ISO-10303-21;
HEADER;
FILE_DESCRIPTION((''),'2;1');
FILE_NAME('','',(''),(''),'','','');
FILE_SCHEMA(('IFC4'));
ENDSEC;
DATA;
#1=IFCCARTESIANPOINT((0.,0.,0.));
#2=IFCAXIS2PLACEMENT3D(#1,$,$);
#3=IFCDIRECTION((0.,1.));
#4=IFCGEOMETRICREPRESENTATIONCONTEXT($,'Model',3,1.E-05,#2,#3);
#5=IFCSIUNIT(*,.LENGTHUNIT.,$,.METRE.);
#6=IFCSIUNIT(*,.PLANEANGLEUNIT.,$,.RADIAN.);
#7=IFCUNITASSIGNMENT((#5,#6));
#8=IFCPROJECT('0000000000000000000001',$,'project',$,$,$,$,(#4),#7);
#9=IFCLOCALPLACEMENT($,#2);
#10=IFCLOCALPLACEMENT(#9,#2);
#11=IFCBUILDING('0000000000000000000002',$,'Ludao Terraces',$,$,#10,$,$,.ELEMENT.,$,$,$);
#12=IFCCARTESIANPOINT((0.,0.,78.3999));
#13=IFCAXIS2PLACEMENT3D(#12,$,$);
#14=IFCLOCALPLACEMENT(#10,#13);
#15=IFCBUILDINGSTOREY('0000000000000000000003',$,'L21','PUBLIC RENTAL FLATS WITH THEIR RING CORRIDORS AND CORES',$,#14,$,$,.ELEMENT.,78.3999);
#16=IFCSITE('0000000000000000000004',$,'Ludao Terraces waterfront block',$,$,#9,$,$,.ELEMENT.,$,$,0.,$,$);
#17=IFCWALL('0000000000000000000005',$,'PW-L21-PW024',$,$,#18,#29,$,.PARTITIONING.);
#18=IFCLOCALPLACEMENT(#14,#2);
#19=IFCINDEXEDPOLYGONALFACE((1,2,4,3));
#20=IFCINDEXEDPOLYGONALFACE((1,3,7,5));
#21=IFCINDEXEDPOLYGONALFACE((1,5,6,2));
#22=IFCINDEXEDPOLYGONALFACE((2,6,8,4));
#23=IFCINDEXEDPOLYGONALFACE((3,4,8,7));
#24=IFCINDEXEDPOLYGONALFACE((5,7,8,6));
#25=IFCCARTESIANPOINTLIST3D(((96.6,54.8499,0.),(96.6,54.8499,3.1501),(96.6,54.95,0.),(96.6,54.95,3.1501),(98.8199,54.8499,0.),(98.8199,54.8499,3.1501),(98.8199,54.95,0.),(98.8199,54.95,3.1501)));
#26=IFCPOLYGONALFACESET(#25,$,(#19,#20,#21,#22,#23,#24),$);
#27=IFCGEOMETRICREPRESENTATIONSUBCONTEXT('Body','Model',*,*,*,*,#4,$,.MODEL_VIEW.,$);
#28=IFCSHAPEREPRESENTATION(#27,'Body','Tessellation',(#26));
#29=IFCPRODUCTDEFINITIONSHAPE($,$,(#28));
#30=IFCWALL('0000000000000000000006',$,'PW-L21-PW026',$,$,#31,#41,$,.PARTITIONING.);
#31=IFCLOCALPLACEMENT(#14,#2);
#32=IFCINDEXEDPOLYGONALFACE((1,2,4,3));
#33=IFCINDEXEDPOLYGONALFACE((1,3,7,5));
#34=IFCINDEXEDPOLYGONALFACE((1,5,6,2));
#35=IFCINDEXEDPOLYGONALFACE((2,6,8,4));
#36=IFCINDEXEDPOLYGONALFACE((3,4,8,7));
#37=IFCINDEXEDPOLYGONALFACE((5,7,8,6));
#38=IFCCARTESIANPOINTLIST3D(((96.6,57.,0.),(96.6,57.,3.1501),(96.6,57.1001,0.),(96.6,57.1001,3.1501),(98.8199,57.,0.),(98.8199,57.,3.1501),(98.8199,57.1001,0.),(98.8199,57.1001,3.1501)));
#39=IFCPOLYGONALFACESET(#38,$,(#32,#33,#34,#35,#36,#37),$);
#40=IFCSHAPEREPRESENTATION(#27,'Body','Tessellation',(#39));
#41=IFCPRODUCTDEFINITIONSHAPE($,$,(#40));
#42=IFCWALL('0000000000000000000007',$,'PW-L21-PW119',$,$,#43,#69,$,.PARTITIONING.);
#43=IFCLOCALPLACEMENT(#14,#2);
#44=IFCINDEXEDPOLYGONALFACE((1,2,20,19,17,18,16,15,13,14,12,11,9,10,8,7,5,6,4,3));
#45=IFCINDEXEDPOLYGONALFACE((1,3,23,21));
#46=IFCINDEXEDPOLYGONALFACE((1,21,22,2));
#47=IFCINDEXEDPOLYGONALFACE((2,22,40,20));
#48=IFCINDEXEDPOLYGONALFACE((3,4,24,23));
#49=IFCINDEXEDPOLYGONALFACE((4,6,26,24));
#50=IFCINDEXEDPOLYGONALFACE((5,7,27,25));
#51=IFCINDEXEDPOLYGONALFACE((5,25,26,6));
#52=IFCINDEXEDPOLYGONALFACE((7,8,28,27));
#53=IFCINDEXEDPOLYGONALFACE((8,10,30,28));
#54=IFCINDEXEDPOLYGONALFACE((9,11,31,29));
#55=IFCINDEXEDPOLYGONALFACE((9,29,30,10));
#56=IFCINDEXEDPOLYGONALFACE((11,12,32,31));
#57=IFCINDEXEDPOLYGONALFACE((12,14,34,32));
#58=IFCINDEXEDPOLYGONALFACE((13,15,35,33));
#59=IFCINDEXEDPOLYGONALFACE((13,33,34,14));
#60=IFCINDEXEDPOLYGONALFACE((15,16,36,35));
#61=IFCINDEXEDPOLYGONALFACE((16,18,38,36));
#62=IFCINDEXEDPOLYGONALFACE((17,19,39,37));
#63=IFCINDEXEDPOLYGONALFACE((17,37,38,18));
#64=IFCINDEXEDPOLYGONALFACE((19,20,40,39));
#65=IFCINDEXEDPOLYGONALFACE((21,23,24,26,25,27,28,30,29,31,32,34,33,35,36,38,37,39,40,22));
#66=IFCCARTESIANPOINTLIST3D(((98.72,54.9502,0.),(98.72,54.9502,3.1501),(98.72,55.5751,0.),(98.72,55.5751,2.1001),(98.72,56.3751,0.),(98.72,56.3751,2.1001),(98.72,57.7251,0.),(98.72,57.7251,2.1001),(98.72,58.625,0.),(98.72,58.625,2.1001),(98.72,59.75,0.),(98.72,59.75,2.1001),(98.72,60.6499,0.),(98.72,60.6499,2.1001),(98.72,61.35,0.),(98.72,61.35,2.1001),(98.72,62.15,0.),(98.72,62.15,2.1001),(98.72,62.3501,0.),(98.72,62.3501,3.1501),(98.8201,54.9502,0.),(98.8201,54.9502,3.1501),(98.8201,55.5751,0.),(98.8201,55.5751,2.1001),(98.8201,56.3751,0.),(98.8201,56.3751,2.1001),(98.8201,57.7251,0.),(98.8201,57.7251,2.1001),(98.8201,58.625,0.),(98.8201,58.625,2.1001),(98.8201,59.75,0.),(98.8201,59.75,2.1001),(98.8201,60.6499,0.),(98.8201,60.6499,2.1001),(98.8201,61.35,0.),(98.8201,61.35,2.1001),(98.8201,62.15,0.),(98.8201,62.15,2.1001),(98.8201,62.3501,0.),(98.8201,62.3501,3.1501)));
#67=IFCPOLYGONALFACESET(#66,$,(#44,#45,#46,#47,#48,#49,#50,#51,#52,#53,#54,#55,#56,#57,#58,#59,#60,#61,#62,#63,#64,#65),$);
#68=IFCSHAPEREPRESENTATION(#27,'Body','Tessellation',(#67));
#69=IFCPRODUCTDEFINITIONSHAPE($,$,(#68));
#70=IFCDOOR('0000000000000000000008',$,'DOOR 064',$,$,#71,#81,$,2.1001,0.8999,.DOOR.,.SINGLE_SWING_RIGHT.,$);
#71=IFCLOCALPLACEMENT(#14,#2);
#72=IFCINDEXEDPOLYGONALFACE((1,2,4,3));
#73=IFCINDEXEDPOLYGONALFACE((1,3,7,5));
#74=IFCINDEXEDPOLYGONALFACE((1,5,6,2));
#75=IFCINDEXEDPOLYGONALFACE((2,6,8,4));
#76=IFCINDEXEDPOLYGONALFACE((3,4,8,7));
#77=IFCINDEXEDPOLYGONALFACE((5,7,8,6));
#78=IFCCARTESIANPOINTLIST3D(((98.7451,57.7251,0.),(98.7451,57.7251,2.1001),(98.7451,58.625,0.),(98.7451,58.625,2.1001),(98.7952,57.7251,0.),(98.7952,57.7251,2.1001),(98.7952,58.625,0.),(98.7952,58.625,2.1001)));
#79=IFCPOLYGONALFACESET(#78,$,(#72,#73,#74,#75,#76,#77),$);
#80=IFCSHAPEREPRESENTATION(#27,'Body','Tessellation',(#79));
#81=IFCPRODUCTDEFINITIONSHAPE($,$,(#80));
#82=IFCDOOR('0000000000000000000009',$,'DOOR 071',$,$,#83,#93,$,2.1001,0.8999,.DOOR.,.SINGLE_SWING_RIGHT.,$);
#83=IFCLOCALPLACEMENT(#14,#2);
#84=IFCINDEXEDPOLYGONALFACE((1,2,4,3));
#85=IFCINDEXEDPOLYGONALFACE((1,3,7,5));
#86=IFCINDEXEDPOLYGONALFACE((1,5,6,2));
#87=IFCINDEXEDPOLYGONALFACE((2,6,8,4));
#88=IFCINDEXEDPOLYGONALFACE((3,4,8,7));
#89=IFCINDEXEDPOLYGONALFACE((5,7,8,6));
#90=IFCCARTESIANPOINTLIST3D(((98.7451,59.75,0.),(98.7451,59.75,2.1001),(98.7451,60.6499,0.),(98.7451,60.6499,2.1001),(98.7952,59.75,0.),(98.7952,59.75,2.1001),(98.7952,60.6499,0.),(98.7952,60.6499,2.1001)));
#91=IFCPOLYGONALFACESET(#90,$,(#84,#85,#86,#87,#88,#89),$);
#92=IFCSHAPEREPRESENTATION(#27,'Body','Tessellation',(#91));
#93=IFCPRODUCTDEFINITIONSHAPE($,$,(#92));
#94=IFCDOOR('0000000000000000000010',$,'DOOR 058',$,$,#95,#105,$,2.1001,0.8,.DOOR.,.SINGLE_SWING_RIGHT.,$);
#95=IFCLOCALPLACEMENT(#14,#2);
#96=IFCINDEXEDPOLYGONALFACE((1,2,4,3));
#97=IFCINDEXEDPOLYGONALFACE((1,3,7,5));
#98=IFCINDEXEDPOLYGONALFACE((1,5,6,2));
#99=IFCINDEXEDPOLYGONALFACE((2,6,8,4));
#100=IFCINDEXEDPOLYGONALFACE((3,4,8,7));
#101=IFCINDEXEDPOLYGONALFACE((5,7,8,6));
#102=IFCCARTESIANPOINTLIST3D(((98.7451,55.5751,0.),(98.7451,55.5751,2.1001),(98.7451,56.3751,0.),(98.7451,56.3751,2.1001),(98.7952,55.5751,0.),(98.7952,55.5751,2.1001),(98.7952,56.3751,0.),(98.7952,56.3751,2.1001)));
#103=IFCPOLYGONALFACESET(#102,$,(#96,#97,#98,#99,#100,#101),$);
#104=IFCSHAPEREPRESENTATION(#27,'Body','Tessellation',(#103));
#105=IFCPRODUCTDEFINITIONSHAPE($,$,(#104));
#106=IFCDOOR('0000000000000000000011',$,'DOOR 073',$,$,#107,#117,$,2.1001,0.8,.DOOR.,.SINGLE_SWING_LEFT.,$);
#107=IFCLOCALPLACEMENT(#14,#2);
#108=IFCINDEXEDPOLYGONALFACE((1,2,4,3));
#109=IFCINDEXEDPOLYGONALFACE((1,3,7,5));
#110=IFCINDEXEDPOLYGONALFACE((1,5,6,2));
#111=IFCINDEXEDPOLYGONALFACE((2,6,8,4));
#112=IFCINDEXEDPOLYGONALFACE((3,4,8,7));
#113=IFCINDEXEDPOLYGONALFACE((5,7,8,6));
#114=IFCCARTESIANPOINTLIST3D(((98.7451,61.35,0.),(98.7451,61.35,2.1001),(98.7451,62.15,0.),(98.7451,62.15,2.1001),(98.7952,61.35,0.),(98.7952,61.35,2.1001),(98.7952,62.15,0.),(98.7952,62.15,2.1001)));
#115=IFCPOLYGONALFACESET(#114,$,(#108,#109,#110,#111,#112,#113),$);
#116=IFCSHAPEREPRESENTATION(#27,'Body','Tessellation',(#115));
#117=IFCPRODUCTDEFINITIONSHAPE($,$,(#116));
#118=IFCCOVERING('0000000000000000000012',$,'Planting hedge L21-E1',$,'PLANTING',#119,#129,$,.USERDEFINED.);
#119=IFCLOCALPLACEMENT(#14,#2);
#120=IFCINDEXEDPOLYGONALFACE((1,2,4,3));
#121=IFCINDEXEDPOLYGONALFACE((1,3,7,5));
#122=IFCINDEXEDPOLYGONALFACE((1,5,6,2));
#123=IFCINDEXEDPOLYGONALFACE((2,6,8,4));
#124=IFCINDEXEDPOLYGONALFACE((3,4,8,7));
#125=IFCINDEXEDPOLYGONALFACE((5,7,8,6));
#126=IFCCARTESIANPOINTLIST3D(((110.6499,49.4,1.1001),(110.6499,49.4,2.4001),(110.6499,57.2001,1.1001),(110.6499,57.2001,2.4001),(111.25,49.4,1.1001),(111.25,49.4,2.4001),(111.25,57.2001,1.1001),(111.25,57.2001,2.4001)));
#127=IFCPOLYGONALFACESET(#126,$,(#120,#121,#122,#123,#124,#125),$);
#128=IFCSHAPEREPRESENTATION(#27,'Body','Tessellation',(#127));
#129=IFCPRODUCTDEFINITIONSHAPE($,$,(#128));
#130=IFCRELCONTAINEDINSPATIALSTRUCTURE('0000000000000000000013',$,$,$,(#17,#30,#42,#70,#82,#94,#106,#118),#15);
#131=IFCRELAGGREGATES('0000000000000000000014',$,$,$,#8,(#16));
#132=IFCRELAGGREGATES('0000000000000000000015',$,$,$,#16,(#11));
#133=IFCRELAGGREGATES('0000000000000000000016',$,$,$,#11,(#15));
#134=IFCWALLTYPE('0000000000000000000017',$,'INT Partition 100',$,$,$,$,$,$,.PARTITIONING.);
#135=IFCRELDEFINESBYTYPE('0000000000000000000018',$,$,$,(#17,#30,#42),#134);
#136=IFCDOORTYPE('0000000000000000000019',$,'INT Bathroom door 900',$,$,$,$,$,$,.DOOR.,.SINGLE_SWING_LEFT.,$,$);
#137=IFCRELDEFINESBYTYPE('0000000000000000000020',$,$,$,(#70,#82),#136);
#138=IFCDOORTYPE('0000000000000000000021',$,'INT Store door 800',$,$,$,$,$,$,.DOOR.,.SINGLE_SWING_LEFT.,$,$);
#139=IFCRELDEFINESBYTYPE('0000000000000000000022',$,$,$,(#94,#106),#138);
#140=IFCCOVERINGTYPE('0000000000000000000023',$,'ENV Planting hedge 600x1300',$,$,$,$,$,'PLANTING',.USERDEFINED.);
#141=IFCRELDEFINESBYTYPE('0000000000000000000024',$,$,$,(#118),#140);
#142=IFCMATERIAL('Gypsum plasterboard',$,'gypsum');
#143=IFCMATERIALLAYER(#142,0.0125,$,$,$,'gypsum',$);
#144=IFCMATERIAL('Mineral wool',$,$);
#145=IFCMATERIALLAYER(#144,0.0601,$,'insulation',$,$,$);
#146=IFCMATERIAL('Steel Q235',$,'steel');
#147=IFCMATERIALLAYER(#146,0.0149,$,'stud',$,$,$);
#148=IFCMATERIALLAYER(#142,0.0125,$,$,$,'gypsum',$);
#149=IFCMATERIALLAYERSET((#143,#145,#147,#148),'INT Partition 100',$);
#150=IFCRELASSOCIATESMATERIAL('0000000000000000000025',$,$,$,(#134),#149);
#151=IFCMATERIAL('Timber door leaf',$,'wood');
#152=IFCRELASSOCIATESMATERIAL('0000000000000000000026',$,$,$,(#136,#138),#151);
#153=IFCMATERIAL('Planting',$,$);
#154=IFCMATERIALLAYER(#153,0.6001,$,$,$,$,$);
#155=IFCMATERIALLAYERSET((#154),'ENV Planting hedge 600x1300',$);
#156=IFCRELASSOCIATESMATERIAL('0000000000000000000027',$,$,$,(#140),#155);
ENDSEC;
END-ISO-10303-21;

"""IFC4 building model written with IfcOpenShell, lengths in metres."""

from ifc_helpers import new_model, si_unit, direction, frame, frame_2d, origin, origin_2d, place, context, subcontext, project, spatial, rectangle, extrude, material, layer, layer_set, type_object, element, fill, save


model = new_model("IFC4")

# Units and contexts
model_context = context("Model", 3, precision=1e-05, world=origin(), true_north=direction((0.0, 1.0)))
body_context = subcontext(model_context, "Body", "Model", "MODEL_VIEW")
ifc_project = project(units=[si_unit("LENGTHUNIT", "METRE"), si_unit("PLANEANGLEUNIT", "RADIAN")], contexts=[model_context])

# Site, building, storey
site_placement = place(None, origin())
site = spatial("IfcSite", under=ifc_project, at=site_placement, Name="Ludao Terraces waterfront block", CompositionType="ELEMENT", RefElevation=0.0)
building_placement = place(site_placement, origin())
building = spatial("IfcBuilding", under=site, at=building_placement, Name="Ludao Terraces", CompositionType="ELEMENT")
storey_placement = place(building_placement, frame((0.0, 0.0, 78.3999)))
storey = spatial("IfcBuildingStorey", under=building, at=storey_placement, Name="L21", Description="PUBLIC RENTAL FLATS WITH THEIR RING CORRIDORS AND CORES", CompositionType="ELEMENT", Elevation=78.3999)

# Shared definitions
ifc_material_1 = material(Name="Mineral wool")

# Shared definitions
ifc_material_2 = material(Name="Steel Q235", Category="steel")

# Walls
ifc_material_3 = material(Name="Gypsum plasterboard", Category="gypsum")
ifc_layer_1 = layer(ifc_material_3, 0.0125, Category="gypsum")
ifc_layer_2 = layer(ifc_material_1, 0.0601, Name="insulation")
ifc_layer_3 = layer(ifc_material_2, 0.0149, Name="stud")
ifc_layer_4 = layer(ifc_material_3, 0.0125, Category="gypsum")
ifc_layer_set_1 = layer_set([ifc_layer_1, ifc_layer_2, ifc_layer_3, ifc_layer_4], Name="INT Partition 100")
wall_type_1 = type_object("IfcWallType", Name="INT Partition 100", PredefinedType="PARTITIONING", material=ifc_layer_set_1)
for number, where, z_axis, x_axis, name in (
    (1, (96.6001, 54.8999, 0.0), (0.0, 0.0, 1.0), (1.0, 0.0, 0.0), "PW-L21-PW024"),
    (2, (96.6001, 57.05, 0.0), (0.0, 0.0, 1.0), (1.0, 0.0, 0.0), "PW-L21-PW026"),
):
    element("IfcWall", number, at=place(storey_placement, frame(where, z_axis=z_axis, x_axis=x_axis)), inside=storey, type_object=wall_type_1, Name=name, PredefinedType="PARTITIONING", context=body_context, shape_type="SweptSolid", body=[
        extrude(rectangle(XDim=2.22, YDim=0.1001, at=frame_2d((1.1099, 0.0))), origin(), (0.0, 0.0, 1.0), 3.1501),
    ])

# Wall, openings, doors
wall_1_placement = place(storey_placement, frame((98.77, 54.9502, 0.0), z_axis=(0.0, 0.0, 1.0), x_axis=(0.0, 1.0, 0.0)))
wall_1 = element("IfcWall", 3, at=wall_1_placement, inside=storey, type_object=wall_type_1, Name="PW-L21-PW119", PredefinedType="PARTITIONING", context=body_context, shape_type="SweptSolid", body=[
    extrude(rectangle(XDim=7.3999, YDim=0.1001, at=frame_2d((3.7, 0.0))), origin(), (0.0, 0.0, 1.0), 3.1501),
])
opening_1_placement = place(wall_1_placement, frame((0.625, 0.0, 0.0)))
opening_1 = element("IfcOpeningElement", 4, at=opening_1_placement, cuts=wall_1, PredefinedType="OPENING", context=body_context, shape_type="SweptSolid", body=[
    extrude(rectangle(XDim=0.8, YDim=2.1001, at=frame_2d((0.3999, 1.05))), frame((0.0, 0.0601, 0.0), z_axis=(0.0, -1.0, 0.0), x_axis=(1.0, 0.0, 0.0)), (0.0, 0.0, 1.0), 0.1201),
])
opening_2_placement = place(wall_1_placement, frame((2.7749, 0.0, 0.0)))
opening_2 = element("IfcOpeningElement", 5, at=opening_2_placement, cuts=wall_1, PredefinedType="OPENING", context=body_context, shape_type="SweptSolid", body=[
    extrude(rectangle(XDim=0.8999, YDim=2.1001, at=frame_2d((0.45, 1.05))), frame((0.0, 0.0601, 0.0), z_axis=(0.0, -1.0, 0.0), x_axis=(1.0, 0.0, 0.0)), (0.0, 0.0, 1.0), 0.1201),
])
opening_3_placement = place(wall_1_placement, frame((4.7998, 0.0, 0.0)))
opening_3 = element("IfcOpeningElement", 6, at=opening_3_placement, cuts=wall_1, PredefinedType="OPENING", context=body_context, shape_type="SweptSolid", body=[
    extrude(rectangle(XDim=0.8999, YDim=2.1001, at=frame_2d((0.45, 1.05))), frame((0.0, 0.0601, 0.0), z_axis=(0.0, -1.0, 0.0), x_axis=(1.0, 0.0, 0.0)), (0.0, 0.0, 1.0), 0.1201),
])
opening_4_placement = place(wall_1_placement, frame((6.3999, 0.0, 0.0)))
opening_4 = element("IfcOpeningElement", 7, at=opening_4_placement, cuts=wall_1, PredefinedType="OPENING", context=body_context, shape_type="SweptSolid", body=[
    extrude(rectangle(XDim=0.8, YDim=2.1001, at=frame_2d((0.3999, 1.05))), frame((0.0, 0.0601, 0.0), z_axis=(0.0, -1.0, 0.0), x_axis=(1.0, 0.0, 0.0)), (0.0, 0.0, 1.0), 0.1201),
])
ifc_material_4 = material(Name="Timber door leaf", Category="wood")
door_type_1 = type_object("IfcDoorType", Name="INT Bathroom door 900", OperationType="SINGLE_SWING_LEFT", PredefinedType="DOOR", material=ifc_material_4)
door_1_placement = place(opening_2_placement, origin())
door_1 = element("IfcDoor", 8, at=door_1_placement, inside=storey, type_object=door_type_1, Name="DOOR 064", OperationType="SINGLE_SWING_RIGHT", OverallHeight=2.1001, OverallWidth=0.8999, PredefinedType="DOOR", context=body_context, shape_type="SweptSolid", body=[
    extrude(rectangle(XDim=0.8999, YDim=2.1001, at=frame_2d((0.45, 1.05))), frame((0.0, 0.0249, 0.0), z_axis=(0.0, -1.0, 0.0), x_axis=(1.0, 0.0, 0.0)), (0.0, 0.0, 1.0), 0.05),
])
fill(opening_2, door_1)
door_2_placement = place(opening_3_placement, origin())
door_2 = element("IfcDoor", 9, at=door_2_placement, inside=storey, type_object=door_type_1, Name="DOOR 071", OperationType="SINGLE_SWING_RIGHT", OverallHeight=2.1001, OverallWidth=0.8999, PredefinedType="DOOR", context=body_context, shape_type="SweptSolid", body=[
    extrude(rectangle(XDim=0.8999, YDim=2.1001, at=frame_2d((0.45, 1.05))), frame((0.0, 0.0249, 0.0), z_axis=(0.0, -1.0, 0.0), x_axis=(1.0, 0.0, 0.0)), (0.0, 0.0, 1.0), 0.05),
])
fill(opening_3, door_2)
door_type_2 = type_object("IfcDoorType", Name="INT Store door 800", OperationType="SINGLE_SWING_LEFT", PredefinedType="DOOR", material=ifc_material_4)
door_3_placement = place(opening_1_placement, origin())
door_3 = element("IfcDoor", 10, at=door_3_placement, inside=storey, type_object=door_type_2, Name="DOOR 058", OperationType="SINGLE_SWING_RIGHT", OverallHeight=2.1001, OverallWidth=0.8, PredefinedType="DOOR", context=body_context, shape_type="SweptSolid", body=[
    extrude(rectangle(XDim=0.8, YDim=2.1001, at=frame_2d((0.3999, 1.05))), frame((0.0, 0.0249, 0.0), z_axis=(0.0, -1.0, 0.0), x_axis=(1.0, 0.0, 0.0)), (0.0, 0.0, 1.0), 0.05),
])
fill(opening_1, door_3)
door_4_placement = place(opening_4_placement, origin())
door_4 = element("IfcDoor", 11, at=door_4_placement, inside=storey, type_object=door_type_2, Name="DOOR 073", OperationType="SINGLE_SWING_LEFT", OverallHeight=2.1001, OverallWidth=0.8, PredefinedType="DOOR", context=body_context, shape_type="SweptSolid", body=[
    extrude(rectangle(XDim=0.8, YDim=2.1001, at=frame_2d((0.3999, 1.05))), frame((0.0, 0.0249, 0.0), z_axis=(0.0, -1.0, 0.0), x_axis=(1.0, 0.0, 0.0)), (0.0, 0.0, 1.0), 0.05),
])
fill(opening_4, door_4)

# Covering
ifc_material_5 = material(Name="Planting")
ifc_layer_5 = layer(ifc_material_5, 0.6001)
ifc_layer_set_2 = layer_set([ifc_layer_5], Name="ENV Planting hedge 600x1300")
covering_type = type_object("IfcCoveringType", Name="ENV Planting hedge 600x1300", ElementType="PLANTING", PredefinedType="USERDEFINED", material=ifc_layer_set_2)
covering_placement = place(storey_placement, frame((110.95, 53.3, 1.1001), z_axis=(0.0, 0.0, 1.0), x_axis=(1.0, 0.0, 0.0)))
element("IfcCovering", 12, at=covering_placement, inside=storey, type_object=covering_type, Name="Planting hedge L21-E1", ObjectType="PLANTING", PredefinedType="USERDEFINED", context=body_context, shape_type="SweptSolid", body=[
    extrude(rectangle(XDim=0.6001, YDim=7.8, at=origin_2d()), origin(), (0.0, 0.0, 1.0), 1.3),
])

save(model, "model.ifc")
